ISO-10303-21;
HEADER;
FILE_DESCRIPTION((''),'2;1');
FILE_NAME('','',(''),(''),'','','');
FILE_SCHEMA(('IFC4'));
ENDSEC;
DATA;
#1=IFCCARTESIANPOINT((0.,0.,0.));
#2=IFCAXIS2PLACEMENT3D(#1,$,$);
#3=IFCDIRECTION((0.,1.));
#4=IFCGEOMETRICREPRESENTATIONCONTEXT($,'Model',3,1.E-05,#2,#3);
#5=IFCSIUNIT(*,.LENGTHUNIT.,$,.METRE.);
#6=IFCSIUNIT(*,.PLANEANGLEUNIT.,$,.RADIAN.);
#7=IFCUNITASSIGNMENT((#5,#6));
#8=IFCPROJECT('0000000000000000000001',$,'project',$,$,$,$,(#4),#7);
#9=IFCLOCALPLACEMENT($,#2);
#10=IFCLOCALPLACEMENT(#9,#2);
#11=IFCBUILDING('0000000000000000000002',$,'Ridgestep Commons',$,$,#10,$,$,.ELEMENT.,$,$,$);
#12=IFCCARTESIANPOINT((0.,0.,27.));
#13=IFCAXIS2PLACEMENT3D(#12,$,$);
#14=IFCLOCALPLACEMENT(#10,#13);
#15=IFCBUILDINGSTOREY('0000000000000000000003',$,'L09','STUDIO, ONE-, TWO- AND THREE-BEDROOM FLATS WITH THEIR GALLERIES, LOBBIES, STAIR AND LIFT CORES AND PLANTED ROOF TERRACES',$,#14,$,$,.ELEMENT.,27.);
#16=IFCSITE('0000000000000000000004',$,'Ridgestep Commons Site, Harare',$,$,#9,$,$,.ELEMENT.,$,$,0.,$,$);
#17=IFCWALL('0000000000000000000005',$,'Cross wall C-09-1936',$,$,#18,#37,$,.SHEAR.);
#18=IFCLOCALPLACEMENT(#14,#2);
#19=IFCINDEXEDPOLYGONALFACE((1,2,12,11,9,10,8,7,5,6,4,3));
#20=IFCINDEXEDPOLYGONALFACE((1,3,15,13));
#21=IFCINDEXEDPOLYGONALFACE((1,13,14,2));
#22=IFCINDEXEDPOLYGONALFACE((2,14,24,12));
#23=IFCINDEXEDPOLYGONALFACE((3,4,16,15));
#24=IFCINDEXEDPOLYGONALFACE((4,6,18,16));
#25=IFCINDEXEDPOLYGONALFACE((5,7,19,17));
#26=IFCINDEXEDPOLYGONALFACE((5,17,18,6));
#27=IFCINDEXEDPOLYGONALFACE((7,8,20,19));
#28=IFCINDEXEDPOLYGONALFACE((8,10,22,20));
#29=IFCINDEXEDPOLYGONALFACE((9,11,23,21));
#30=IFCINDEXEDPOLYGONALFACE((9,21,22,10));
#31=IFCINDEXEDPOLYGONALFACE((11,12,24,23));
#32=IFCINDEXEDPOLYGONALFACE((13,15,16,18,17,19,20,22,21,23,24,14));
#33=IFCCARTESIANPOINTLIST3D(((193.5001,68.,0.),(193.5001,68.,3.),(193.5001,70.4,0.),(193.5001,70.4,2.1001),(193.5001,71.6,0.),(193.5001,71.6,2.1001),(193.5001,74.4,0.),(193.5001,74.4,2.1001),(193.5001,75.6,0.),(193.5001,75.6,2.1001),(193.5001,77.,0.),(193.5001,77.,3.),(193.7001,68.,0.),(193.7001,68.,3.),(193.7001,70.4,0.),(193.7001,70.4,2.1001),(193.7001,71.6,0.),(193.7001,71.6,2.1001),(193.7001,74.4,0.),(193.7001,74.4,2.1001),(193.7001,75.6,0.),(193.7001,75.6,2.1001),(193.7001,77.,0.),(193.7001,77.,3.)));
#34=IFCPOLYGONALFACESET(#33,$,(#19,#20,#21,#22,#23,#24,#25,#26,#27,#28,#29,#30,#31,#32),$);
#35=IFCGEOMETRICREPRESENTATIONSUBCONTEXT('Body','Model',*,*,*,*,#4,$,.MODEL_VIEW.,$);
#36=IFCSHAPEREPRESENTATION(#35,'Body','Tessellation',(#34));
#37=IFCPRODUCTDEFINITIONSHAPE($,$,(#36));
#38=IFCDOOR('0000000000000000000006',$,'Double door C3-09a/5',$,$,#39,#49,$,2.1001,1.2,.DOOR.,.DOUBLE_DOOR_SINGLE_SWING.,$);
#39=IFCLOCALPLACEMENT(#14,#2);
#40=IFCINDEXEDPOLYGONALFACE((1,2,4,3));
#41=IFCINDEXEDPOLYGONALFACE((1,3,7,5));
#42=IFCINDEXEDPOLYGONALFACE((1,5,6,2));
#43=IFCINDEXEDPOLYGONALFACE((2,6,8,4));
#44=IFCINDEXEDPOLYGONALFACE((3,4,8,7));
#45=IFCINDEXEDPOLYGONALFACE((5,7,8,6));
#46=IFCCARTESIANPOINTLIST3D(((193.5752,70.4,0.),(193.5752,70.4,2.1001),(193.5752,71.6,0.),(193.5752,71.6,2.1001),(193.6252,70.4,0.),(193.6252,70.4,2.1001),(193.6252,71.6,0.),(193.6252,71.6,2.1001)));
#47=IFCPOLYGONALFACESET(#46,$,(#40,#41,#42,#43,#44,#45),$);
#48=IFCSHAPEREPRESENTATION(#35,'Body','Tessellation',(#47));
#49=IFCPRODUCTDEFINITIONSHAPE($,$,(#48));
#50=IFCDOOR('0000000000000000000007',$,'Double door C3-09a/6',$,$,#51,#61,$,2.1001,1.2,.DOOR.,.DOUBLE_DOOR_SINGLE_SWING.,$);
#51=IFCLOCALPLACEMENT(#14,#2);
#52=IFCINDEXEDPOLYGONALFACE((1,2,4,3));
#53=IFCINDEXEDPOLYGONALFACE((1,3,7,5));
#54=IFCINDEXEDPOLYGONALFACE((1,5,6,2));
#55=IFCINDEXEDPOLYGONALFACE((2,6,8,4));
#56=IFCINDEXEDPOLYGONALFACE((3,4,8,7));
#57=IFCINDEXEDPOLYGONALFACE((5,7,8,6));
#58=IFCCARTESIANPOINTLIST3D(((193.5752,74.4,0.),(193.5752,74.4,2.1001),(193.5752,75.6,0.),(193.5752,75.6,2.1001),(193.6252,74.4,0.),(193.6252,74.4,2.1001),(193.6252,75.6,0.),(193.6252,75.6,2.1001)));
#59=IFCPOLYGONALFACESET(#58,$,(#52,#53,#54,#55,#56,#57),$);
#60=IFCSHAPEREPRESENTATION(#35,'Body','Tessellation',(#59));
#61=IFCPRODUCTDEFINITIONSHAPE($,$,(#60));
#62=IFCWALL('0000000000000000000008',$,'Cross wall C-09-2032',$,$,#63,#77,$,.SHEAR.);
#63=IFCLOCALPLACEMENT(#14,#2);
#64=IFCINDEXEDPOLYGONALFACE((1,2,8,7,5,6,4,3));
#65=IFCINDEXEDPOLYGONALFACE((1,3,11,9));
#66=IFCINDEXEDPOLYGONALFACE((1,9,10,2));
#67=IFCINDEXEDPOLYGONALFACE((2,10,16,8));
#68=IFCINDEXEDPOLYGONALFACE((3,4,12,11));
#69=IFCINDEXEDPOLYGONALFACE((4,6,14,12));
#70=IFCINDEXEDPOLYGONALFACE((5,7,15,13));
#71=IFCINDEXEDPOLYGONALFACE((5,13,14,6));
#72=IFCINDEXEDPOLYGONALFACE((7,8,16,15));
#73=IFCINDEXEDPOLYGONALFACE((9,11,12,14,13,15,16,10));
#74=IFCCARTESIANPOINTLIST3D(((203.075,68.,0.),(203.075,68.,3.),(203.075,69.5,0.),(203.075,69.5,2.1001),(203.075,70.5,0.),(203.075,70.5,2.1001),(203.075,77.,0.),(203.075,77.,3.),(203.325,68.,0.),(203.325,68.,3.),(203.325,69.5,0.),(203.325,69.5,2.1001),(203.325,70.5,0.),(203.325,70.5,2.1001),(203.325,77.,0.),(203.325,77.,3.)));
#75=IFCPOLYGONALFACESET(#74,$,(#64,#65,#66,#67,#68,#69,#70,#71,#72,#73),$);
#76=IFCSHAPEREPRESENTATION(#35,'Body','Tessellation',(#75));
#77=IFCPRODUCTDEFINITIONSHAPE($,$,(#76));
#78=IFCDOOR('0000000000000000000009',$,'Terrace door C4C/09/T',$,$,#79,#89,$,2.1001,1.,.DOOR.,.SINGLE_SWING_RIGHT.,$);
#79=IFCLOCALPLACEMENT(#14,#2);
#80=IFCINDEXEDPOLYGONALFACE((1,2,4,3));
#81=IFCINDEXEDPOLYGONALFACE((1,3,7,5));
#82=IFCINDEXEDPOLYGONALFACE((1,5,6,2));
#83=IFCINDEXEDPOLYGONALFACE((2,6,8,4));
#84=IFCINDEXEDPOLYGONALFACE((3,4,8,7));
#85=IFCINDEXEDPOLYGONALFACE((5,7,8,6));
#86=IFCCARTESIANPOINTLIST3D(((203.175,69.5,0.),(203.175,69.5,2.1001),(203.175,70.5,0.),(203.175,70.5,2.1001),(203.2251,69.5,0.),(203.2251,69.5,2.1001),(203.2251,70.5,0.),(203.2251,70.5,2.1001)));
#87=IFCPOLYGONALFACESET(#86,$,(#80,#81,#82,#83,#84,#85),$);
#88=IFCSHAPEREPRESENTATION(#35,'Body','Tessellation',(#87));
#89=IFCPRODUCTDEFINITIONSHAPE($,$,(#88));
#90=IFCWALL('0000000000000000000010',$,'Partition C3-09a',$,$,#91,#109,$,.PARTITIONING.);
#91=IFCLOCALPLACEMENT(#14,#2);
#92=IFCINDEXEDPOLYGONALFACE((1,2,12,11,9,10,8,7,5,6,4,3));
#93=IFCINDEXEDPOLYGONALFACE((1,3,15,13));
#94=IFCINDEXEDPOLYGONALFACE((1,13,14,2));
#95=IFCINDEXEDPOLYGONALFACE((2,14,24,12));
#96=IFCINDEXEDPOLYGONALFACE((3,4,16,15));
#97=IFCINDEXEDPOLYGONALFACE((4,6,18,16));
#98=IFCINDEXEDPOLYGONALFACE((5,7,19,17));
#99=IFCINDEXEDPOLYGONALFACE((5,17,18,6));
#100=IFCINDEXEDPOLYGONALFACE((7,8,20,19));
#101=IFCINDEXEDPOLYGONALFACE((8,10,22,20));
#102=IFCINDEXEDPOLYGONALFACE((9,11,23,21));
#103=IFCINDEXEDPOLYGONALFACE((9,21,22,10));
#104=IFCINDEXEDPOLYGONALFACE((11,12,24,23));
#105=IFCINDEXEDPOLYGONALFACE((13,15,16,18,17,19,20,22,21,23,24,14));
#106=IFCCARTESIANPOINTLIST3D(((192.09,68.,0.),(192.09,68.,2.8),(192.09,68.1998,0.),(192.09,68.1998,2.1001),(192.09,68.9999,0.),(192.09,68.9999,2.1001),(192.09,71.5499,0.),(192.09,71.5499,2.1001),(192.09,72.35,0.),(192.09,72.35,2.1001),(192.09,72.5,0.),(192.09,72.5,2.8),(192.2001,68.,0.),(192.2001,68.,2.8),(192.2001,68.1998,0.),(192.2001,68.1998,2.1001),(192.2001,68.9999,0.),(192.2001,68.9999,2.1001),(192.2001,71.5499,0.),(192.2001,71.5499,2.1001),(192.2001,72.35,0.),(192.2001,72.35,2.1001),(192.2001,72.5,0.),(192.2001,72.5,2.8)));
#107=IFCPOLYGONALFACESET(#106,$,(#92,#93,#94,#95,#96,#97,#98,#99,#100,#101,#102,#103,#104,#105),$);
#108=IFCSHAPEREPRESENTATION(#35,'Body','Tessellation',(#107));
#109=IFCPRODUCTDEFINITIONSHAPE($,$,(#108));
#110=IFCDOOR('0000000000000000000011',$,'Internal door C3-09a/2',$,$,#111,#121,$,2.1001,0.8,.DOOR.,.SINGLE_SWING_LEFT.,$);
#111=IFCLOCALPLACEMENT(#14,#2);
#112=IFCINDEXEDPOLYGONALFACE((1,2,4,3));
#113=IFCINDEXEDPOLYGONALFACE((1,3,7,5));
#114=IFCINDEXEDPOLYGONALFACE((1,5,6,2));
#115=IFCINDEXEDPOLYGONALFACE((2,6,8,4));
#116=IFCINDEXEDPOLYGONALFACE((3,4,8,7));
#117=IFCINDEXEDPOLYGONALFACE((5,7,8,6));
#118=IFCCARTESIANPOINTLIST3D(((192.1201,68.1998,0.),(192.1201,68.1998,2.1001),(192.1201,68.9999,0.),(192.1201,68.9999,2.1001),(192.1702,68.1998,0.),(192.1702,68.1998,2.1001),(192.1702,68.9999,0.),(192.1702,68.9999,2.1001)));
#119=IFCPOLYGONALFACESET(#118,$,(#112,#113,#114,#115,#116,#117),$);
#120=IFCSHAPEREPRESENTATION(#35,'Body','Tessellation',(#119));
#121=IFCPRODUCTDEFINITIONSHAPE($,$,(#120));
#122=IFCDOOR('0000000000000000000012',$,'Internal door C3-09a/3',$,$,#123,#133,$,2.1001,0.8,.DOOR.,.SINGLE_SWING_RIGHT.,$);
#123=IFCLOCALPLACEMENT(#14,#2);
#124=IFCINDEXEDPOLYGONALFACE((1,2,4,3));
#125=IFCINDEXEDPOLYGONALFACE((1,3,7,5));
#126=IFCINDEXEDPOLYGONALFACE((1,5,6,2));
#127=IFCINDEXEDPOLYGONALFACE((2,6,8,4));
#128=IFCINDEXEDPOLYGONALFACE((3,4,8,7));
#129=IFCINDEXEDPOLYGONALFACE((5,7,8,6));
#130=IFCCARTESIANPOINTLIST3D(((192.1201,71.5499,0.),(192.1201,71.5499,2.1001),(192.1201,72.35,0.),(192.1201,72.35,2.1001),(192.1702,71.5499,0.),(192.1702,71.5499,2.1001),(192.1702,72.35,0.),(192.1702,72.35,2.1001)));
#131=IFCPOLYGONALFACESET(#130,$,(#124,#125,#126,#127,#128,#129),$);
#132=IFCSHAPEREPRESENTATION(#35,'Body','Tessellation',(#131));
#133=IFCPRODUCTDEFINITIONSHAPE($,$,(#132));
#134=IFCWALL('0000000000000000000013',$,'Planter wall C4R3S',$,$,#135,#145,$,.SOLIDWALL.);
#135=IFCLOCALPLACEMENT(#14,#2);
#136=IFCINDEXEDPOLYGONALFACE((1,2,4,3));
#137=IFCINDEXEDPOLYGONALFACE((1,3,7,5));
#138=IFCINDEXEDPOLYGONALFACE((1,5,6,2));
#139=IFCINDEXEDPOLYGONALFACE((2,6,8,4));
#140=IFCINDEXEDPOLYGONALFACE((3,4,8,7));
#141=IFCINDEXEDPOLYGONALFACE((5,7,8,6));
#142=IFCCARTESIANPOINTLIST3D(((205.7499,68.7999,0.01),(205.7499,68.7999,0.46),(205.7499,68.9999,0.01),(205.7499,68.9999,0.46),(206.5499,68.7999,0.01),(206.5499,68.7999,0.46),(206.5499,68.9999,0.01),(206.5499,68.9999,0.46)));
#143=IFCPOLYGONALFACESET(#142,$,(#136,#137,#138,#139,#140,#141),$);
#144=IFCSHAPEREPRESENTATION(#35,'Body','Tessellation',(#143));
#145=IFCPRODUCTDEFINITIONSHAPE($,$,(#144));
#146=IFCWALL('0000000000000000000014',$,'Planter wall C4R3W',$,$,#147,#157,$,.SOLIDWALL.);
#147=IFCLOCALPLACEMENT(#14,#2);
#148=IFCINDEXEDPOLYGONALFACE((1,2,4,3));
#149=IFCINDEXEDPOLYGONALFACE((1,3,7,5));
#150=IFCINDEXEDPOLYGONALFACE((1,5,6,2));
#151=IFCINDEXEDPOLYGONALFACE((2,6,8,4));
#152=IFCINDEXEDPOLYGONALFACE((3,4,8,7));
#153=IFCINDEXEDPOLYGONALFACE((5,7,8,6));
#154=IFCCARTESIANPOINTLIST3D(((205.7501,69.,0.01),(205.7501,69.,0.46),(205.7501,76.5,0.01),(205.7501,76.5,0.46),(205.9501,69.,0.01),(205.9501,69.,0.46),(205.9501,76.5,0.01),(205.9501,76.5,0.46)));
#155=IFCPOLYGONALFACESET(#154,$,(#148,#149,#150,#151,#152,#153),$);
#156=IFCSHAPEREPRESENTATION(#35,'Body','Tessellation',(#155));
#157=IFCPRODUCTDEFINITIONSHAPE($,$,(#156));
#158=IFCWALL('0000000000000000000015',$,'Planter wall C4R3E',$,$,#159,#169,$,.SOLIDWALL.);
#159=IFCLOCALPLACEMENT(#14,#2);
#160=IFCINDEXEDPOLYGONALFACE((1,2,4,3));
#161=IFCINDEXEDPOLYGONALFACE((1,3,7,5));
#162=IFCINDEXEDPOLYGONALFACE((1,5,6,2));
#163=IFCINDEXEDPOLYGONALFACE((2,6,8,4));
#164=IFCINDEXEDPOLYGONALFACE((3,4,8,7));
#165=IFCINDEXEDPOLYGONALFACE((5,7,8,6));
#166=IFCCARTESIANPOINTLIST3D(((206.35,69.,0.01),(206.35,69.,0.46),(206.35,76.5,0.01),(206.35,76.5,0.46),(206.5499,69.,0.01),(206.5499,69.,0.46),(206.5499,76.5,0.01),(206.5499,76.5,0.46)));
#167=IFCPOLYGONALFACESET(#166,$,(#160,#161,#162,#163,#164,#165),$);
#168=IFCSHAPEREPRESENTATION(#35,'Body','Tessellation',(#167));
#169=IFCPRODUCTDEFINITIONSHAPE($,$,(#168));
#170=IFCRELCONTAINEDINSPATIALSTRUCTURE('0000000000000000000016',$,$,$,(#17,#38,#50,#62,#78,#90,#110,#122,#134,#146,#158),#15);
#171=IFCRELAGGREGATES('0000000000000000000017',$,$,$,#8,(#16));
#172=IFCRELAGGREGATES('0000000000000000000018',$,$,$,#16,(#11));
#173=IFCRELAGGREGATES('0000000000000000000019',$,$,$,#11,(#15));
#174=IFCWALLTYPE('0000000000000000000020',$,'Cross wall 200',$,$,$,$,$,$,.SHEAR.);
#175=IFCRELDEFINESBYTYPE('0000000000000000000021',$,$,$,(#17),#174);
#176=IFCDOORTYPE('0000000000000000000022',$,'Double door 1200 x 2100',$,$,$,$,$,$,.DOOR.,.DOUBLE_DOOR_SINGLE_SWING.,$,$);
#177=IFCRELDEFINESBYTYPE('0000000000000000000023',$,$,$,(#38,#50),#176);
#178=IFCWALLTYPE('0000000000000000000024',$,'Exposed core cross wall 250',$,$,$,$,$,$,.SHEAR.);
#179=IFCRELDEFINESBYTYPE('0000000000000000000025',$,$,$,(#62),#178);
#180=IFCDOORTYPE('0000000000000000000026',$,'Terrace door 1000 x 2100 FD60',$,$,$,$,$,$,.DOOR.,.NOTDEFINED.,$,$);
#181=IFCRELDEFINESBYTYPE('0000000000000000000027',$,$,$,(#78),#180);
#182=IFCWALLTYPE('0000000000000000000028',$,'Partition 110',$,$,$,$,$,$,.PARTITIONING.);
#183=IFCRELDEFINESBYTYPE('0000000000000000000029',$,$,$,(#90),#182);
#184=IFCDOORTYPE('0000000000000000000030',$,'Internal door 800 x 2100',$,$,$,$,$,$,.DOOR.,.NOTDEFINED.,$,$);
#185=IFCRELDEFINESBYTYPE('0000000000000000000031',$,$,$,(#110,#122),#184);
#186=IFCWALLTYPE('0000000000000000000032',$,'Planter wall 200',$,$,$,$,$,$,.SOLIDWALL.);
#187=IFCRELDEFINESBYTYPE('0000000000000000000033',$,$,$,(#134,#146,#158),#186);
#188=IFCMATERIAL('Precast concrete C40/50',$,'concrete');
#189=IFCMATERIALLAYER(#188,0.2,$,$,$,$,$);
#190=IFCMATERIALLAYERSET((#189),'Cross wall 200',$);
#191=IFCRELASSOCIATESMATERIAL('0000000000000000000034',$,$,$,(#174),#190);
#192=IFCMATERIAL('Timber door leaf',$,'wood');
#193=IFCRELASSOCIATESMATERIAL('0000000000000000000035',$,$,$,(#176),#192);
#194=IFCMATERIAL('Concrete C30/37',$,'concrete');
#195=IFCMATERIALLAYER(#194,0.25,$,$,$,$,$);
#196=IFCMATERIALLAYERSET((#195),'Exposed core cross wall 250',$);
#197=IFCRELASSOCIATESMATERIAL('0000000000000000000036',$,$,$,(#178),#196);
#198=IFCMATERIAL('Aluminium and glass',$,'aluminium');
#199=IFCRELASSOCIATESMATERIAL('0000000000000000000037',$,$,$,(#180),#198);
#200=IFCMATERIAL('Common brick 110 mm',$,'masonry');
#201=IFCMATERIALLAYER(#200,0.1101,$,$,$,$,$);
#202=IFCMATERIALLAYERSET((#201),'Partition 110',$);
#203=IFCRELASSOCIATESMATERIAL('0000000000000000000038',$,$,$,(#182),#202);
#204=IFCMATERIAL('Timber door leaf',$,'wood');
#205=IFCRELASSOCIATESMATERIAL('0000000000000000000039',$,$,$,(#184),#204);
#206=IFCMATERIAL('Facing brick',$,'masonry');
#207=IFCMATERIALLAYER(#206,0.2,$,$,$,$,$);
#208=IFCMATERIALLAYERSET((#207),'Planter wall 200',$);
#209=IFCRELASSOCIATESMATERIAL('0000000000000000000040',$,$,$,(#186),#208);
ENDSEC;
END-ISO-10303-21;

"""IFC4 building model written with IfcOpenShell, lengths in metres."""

from ifc_helpers import new_model, si_unit, direction, frame, frame_2d, origin, place, context, subcontext, project, spatial, rectangle, extrude, material, layer, layer_set, type_object, element, fill, save


model = new_model("IFC4")

# Units and contexts
model_context = context("Model", 3, precision=1e-05, world=origin(), true_north=direction((0.0, 1.0)))
body_context = subcontext(model_context, "Body", "Model", "MODEL_VIEW")
ifc_project = project(units=[si_unit("LENGTHUNIT", "METRE"), si_unit("PLANEANGLEUNIT", "RADIAN")], contexts=[model_context])

# Site, building, storey
site_placement = place(None, origin())
site = spatial("IfcSite", under=ifc_project, at=site_placement, Name="Ridgestep Commons Site, Harare", CompositionType="ELEMENT", RefElevation=0.0)
building_placement = place(site_placement, origin())
building = spatial("IfcBuilding", under=site, at=building_placement, Name="Ridgestep Commons", CompositionType="ELEMENT")
storey_placement = place(building_placement, frame((0.0, 0.0, 27.0)))
storey = spatial("IfcBuildingStorey", under=building, at=storey_placement, Name="L09", Description="STUDIO, ONE-, TWO- AND THREE-BEDROOM FLATS WITH THEIR GALLERIES, LOBBIES, STAIR AND LIFT CORES AND PLANTED ROOF TERRACES", CompositionType="ELEMENT", Elevation=27.0)

# Wall, openings, doors
ifc_material_1 = material(Name="Precast concrete C40/50", Category="concrete")
ifc_layer_1 = layer(ifc_material_1, 0.2)
ifc_layer_set_1 = layer_set([ifc_layer_1], Name="Cross wall 200")
wall_type_1 = type_object("IfcWallType", Name="Cross wall 200", PredefinedType="SHEAR", material=ifc_layer_set_1)
wall_1_placement = place(storey_placement, frame((193.6001, 68.0, 0.0), z_axis=(0.0, 0.0, 1.0), x_axis=(0.0, 1.0, 0.0)))
wall_1 = element("IfcWall", 1, at=wall_1_placement, inside=storey, type_object=wall_type_1, Name="Cross wall C-09-1936", PredefinedType="SHEAR", context=body_context, shape_type="SweptSolid", body=[
    extrude(rectangle(XDim=9.0, YDim=0.2, at=frame_2d((4.5, 0.0))), origin(), (0.0, 0.0, 1.0), 3.0),
])
opening_1_placement = place(wall_1_placement, frame((2.3999, 0.0, 0.0)))
opening_1 = element("IfcOpeningElement", 2, at=opening_1_placement, cuts=wall_1, PredefinedType="OPENING", context=body_context, shape_type="SweptSolid", body=[
    extrude(rectangle(XDim=1.2, YDim=2.1001, at=frame_2d((0.6001, 1.05))), frame((0.0, 0.1099, 0.0), z_axis=(0.0, -1.0, 0.0), x_axis=(1.0, 0.0, 0.0)), (0.0, 0.0, 1.0), 0.22),
])
opening_2_placement = place(wall_1_placement, frame((6.3999, 0.0, 0.0)))
opening_2 = element("IfcOpeningElement", 3, at=opening_2_placement, cuts=wall_1, PredefinedType="OPENING", context=body_context, shape_type="SweptSolid", body=[
    extrude(rectangle(XDim=1.2, YDim=2.1001, at=frame_2d((0.6001, 1.05))), frame((0.0, 0.1099, 0.0), z_axis=(0.0, -1.0, 0.0), x_axis=(1.0, 0.0, 0.0)), (0.0, 0.0, 1.0), 0.22),
])
ifc_material_2 = material(Name="Timber door leaf", Category="wood")
door_type_1 = type_object("IfcDoorType", Name="Double door 1200 x 2100", OperationType="DOUBLE_DOOR_SINGLE_SWING", PredefinedType="DOOR", material=ifc_material_2)
door_1_placement = place(opening_1_placement, origin())
door_1 = element("IfcDoor", 4, at=door_1_placement, inside=storey, type_object=door_type_1, Name="Double door C3-09a/5", OperationType="DOUBLE_DOOR_SINGLE_SWING", OverallHeight=2.1001, OverallWidth=1.2, PredefinedType="DOOR", context=body_context, shape_type="SweptSolid", body=[
    extrude(rectangle(XDim=1.2, YDim=2.1001, at=frame_2d((0.6001, 1.05))), frame((0.0, 0.0249, 0.0), z_axis=(0.0, -1.0, 0.0), x_axis=(1.0, 0.0, 0.0)), (0.0, 0.0, 1.0), 0.05),
])
fill(opening_1, door_1)
door_2_placement = place(opening_2_placement, origin())
door_2 = element("IfcDoor", 5, at=door_2_placement, inside=storey, type_object=door_type_1, Name="Double door C3-09a/6", OperationType="DOUBLE_DOOR_SINGLE_SWING", OverallHeight=2.1001, OverallWidth=1.2, PredefinedType="DOOR", context=body_context, shape_type="SweptSolid", body=[
    extrude(rectangle(XDim=1.2, YDim=2.1001, at=frame_2d((0.6001, 1.05))), frame((0.0, 0.0249, 0.0), z_axis=(0.0, -1.0, 0.0), x_axis=(1.0, 0.0, 0.0)), (0.0, 0.0, 1.0), 0.05),
])
fill(opening_2, door_2)

# Wall, opening, door
ifc_material_3 = material(Name="Concrete C30/37", Category="concrete")
ifc_layer_2 = layer(ifc_material_3, 0.25)
ifc_layer_set_2 = layer_set([ifc_layer_2], Name="Exposed core cross wall 250")
wall_type_2 = type_object("IfcWallType", Name="Exposed core cross wall 250", PredefinedType="SHEAR", material=ifc_layer_set_2)
wall_2_placement = place(storey_placement, frame((203.2, 68.0, 0.0), z_axis=(0.0, 0.0, 1.0), x_axis=(0.0, 1.0, 0.0)))
wall_2 = element("IfcWall", 6, at=wall_2_placement, inside=storey, type_object=wall_type_2, Name="Cross wall C-09-2032", PredefinedType="SHEAR", context=body_context, shape_type="SweptSolid", body=[
    extrude(rectangle(XDim=9.0, YDim=0.25, at=frame_2d((4.5, 0.0))), origin(), (0.0, 0.0, 1.0), 3.0),
])
opening_3_placement = place(wall_2_placement, frame((1.5, 0.0, 0.0)))
opening_3 = element("IfcOpeningElement", 7, at=opening_3_placement, cuts=wall_2, PredefinedType="OPENING", context=body_context, shape_type="SweptSolid", body=[
    extrude(rectangle(XDim=1.0, YDim=2.1001, at=frame_2d((0.5, 1.05))), frame((0.0, 0.135, 0.0), z_axis=(0.0, -1.0, 0.0), x_axis=(1.0, 0.0, 0.0)), (0.0, 0.0, 1.0), 0.27),
])
ifc_material_4 = material(Name="Aluminium and glass", Category="aluminium")
door_type_2 = type_object("IfcDoorType", Name="Terrace door 1000 x 2100 FD60", OperationType="NOTDEFINED", PredefinedType="DOOR", material=ifc_material_4)
door_3_placement = place(opening_3_placement, origin())
door_3 = element("IfcDoor", 8, at=door_3_placement, inside=storey, type_object=door_type_2, Name="Terrace door C4C/09/T", OperationType="SINGLE_SWING_RIGHT", OverallHeight=2.1001, OverallWidth=1.0, PredefinedType="DOOR", context=body_context, shape_type="SweptSolid", body=[
    extrude(rectangle(XDim=1.0, YDim=2.1001, at=frame_2d((0.5, 1.05))), frame((0.0, 0.0249, 0.0), z_axis=(0.0, -1.0, 0.0), x_axis=(1.0, 0.0, 0.0)), (0.0, 0.0, 1.0), 0.05),
])
fill(opening_3, door_3)

# Wall, openings, doors
ifc_material_5 = material(Name="Common brick 110 mm", Category="masonry")
ifc_layer_3 = layer(ifc_material_5, 0.1101)
ifc_layer_set_3 = layer_set([ifc_layer_3], Name="Partition 110")
wall_type_3 = type_object("IfcWallType", Name="Partition 110", PredefinedType="PARTITIONING", material=ifc_layer_set_3)
wall_3_placement = place(storey_placement, frame((192.145, 68.0, 0.0), z_axis=(0.0, 0.0, 1.0), x_axis=(0.0, 1.0, 0.0)))
wall_3 = element("IfcWall", 9, at=wall_3_placement, inside=storey, type_object=wall_type_3, Name="Partition C3-09a", PredefinedType="PARTITIONING", context=body_context, shape_type="SweptSolid", body=[
    extrude(rectangle(XDim=4.5, YDim=0.1101, at=frame_2d((2.25, 0.0))), origin(), (0.0, 0.0, 1.0), 2.8),
])
opening_4_placement = place(wall_3_placement, frame((0.2, 0.0, 0.0)))
opening_4 = element("IfcOpeningElement", 10, at=opening_4_placement, cuts=wall_3, PredefinedType="OPENING", context=body_context, shape_type="SweptSolid", body=[
    extrude(rectangle(XDim=0.8, YDim=2.1001, at=frame_2d((0.3999, 1.05))), frame((0.0, 0.0649, 0.0), z_axis=(0.0, -1.0, 0.0), x_axis=(1.0, 0.0, 0.0)), (0.0, 0.0, 1.0), 0.1301),
])
opening_5_placement = place(wall_3_placement, frame((3.55, 0.0, 0.0)))
opening_5 = element("IfcOpeningElement", 11, at=opening_5_placement, cuts=wall_3, PredefinedType="OPENING", context=body_context, shape_type="SweptSolid", body=[
    extrude(rectangle(XDim=0.8, YDim=2.1001, at=frame_2d((0.3999, 1.05))), frame((0.0, 0.0649, 0.0), z_axis=(0.0, -1.0, 0.0), x_axis=(1.0, 0.0, 0.0)), (0.0, 0.0, 1.0), 0.1301),
])
ifc_material_6 = material(Name="Timber door leaf", Category="wood")
door_type_3 = type_object("IfcDoorType", Name="Internal door 800 x 2100", OperationType="NOTDEFINED", PredefinedType="DOOR", material=ifc_material_6)
door_4_placement = place(opening_4_placement, origin())
door_4 = element("IfcDoor", 12, at=door_4_placement, inside=storey, type_object=door_type_3, Name="Internal door C3-09a/2", OperationType="SINGLE_SWING_LEFT", OverallHeight=2.1001, OverallWidth=0.8, PredefinedType="DOOR", context=body_context, shape_type="SweptSolid", body=[
    extrude(rectangle(XDim=0.8, YDim=2.1001, at=frame_2d((0.3999, 1.05))), frame((0.0, 0.0249, 0.0), z_axis=(0.0, -1.0, 0.0), x_axis=(1.0, 0.0, 0.0)), (0.0, 0.0, 1.0), 0.05),
])
fill(opening_4, door_4)
door_5_placement = place(opening_5_placement, origin())
door_5 = element("IfcDoor", 13, at=door_5_placement, inside=storey, type_object=door_type_3, Name="Internal door C3-09a/3", OperationType="SINGLE_SWING_RIGHT", OverallHeight=2.1001, OverallWidth=0.8, PredefinedType="DOOR", context=body_context, shape_type="SweptSolid", body=[
    extrude(rectangle(XDim=0.8, YDim=2.1001, at=frame_2d((0.3999, 1.05))), frame((0.0, 0.0249, 0.0), z_axis=(0.0, -1.0, 0.0), x_axis=(1.0, 0.0, 0.0)), (0.0, 0.0, 1.0), 0.05),
])
fill(opening_5, door_5)

# Walls
ifc_material_7 = material(Name="Facing brick", Category="masonry")
ifc_layer_4 = layer(ifc_material_7, 0.2)
ifc_layer_set_4 = layer_set([ifc_layer_4], Name="Planter wall 200")
wall_type_4 = type_object("IfcWallType", Name="Planter wall 200", PredefinedType="SOLIDWALL", material=ifc_layer_set_4)
wall_4_placement = place(storey_placement, frame((205.75, 68.8999, 0.01), z_axis=(0.0, 0.0, 1.0), x_axis=(1.0, 0.0, 0.0)))
element("IfcWall", 14, at=wall_4_placement, inside=storey, type_object=wall_type_4, Name="Planter wall C4R3S", PredefinedType="SOLIDWALL", context=body_context, shape_type="SweptSolid", body=[
    extrude(rectangle(XDim=0.8, YDim=0.2, at=frame_2d((0.3999, 0.0))), origin(), (0.0, 0.0, 1.0), 0.45),
])
for number, where, z_axis, x_axis, name in (
    (15, (205.8501, 69.0, 0.01), (0.0, 0.0, 1.0), (0.0, 1.0, 0.0), "Planter wall C4R3W"),
    (16, (206.45, 69.0, 0.01), (0.0, 0.0, 1.0), (0.0, 1.0, 0.0), "Planter wall C4R3E"),
):
    element("IfcWall", number, at=place(storey_placement, frame(where, z_axis=z_axis, x_axis=x_axis)), inside=storey, type_object=wall_type_4, Name=name, PredefinedType="SOLIDWALL", context=body_context, shape_type="SweptSolid", body=[
        extrude(rectangle(XDim=7.5, YDim=0.2, at=frame_2d((3.75, 0.0))), origin(), (0.0, 0.0, 1.0), 0.45),
    ])

save(model, "model.ifc")
